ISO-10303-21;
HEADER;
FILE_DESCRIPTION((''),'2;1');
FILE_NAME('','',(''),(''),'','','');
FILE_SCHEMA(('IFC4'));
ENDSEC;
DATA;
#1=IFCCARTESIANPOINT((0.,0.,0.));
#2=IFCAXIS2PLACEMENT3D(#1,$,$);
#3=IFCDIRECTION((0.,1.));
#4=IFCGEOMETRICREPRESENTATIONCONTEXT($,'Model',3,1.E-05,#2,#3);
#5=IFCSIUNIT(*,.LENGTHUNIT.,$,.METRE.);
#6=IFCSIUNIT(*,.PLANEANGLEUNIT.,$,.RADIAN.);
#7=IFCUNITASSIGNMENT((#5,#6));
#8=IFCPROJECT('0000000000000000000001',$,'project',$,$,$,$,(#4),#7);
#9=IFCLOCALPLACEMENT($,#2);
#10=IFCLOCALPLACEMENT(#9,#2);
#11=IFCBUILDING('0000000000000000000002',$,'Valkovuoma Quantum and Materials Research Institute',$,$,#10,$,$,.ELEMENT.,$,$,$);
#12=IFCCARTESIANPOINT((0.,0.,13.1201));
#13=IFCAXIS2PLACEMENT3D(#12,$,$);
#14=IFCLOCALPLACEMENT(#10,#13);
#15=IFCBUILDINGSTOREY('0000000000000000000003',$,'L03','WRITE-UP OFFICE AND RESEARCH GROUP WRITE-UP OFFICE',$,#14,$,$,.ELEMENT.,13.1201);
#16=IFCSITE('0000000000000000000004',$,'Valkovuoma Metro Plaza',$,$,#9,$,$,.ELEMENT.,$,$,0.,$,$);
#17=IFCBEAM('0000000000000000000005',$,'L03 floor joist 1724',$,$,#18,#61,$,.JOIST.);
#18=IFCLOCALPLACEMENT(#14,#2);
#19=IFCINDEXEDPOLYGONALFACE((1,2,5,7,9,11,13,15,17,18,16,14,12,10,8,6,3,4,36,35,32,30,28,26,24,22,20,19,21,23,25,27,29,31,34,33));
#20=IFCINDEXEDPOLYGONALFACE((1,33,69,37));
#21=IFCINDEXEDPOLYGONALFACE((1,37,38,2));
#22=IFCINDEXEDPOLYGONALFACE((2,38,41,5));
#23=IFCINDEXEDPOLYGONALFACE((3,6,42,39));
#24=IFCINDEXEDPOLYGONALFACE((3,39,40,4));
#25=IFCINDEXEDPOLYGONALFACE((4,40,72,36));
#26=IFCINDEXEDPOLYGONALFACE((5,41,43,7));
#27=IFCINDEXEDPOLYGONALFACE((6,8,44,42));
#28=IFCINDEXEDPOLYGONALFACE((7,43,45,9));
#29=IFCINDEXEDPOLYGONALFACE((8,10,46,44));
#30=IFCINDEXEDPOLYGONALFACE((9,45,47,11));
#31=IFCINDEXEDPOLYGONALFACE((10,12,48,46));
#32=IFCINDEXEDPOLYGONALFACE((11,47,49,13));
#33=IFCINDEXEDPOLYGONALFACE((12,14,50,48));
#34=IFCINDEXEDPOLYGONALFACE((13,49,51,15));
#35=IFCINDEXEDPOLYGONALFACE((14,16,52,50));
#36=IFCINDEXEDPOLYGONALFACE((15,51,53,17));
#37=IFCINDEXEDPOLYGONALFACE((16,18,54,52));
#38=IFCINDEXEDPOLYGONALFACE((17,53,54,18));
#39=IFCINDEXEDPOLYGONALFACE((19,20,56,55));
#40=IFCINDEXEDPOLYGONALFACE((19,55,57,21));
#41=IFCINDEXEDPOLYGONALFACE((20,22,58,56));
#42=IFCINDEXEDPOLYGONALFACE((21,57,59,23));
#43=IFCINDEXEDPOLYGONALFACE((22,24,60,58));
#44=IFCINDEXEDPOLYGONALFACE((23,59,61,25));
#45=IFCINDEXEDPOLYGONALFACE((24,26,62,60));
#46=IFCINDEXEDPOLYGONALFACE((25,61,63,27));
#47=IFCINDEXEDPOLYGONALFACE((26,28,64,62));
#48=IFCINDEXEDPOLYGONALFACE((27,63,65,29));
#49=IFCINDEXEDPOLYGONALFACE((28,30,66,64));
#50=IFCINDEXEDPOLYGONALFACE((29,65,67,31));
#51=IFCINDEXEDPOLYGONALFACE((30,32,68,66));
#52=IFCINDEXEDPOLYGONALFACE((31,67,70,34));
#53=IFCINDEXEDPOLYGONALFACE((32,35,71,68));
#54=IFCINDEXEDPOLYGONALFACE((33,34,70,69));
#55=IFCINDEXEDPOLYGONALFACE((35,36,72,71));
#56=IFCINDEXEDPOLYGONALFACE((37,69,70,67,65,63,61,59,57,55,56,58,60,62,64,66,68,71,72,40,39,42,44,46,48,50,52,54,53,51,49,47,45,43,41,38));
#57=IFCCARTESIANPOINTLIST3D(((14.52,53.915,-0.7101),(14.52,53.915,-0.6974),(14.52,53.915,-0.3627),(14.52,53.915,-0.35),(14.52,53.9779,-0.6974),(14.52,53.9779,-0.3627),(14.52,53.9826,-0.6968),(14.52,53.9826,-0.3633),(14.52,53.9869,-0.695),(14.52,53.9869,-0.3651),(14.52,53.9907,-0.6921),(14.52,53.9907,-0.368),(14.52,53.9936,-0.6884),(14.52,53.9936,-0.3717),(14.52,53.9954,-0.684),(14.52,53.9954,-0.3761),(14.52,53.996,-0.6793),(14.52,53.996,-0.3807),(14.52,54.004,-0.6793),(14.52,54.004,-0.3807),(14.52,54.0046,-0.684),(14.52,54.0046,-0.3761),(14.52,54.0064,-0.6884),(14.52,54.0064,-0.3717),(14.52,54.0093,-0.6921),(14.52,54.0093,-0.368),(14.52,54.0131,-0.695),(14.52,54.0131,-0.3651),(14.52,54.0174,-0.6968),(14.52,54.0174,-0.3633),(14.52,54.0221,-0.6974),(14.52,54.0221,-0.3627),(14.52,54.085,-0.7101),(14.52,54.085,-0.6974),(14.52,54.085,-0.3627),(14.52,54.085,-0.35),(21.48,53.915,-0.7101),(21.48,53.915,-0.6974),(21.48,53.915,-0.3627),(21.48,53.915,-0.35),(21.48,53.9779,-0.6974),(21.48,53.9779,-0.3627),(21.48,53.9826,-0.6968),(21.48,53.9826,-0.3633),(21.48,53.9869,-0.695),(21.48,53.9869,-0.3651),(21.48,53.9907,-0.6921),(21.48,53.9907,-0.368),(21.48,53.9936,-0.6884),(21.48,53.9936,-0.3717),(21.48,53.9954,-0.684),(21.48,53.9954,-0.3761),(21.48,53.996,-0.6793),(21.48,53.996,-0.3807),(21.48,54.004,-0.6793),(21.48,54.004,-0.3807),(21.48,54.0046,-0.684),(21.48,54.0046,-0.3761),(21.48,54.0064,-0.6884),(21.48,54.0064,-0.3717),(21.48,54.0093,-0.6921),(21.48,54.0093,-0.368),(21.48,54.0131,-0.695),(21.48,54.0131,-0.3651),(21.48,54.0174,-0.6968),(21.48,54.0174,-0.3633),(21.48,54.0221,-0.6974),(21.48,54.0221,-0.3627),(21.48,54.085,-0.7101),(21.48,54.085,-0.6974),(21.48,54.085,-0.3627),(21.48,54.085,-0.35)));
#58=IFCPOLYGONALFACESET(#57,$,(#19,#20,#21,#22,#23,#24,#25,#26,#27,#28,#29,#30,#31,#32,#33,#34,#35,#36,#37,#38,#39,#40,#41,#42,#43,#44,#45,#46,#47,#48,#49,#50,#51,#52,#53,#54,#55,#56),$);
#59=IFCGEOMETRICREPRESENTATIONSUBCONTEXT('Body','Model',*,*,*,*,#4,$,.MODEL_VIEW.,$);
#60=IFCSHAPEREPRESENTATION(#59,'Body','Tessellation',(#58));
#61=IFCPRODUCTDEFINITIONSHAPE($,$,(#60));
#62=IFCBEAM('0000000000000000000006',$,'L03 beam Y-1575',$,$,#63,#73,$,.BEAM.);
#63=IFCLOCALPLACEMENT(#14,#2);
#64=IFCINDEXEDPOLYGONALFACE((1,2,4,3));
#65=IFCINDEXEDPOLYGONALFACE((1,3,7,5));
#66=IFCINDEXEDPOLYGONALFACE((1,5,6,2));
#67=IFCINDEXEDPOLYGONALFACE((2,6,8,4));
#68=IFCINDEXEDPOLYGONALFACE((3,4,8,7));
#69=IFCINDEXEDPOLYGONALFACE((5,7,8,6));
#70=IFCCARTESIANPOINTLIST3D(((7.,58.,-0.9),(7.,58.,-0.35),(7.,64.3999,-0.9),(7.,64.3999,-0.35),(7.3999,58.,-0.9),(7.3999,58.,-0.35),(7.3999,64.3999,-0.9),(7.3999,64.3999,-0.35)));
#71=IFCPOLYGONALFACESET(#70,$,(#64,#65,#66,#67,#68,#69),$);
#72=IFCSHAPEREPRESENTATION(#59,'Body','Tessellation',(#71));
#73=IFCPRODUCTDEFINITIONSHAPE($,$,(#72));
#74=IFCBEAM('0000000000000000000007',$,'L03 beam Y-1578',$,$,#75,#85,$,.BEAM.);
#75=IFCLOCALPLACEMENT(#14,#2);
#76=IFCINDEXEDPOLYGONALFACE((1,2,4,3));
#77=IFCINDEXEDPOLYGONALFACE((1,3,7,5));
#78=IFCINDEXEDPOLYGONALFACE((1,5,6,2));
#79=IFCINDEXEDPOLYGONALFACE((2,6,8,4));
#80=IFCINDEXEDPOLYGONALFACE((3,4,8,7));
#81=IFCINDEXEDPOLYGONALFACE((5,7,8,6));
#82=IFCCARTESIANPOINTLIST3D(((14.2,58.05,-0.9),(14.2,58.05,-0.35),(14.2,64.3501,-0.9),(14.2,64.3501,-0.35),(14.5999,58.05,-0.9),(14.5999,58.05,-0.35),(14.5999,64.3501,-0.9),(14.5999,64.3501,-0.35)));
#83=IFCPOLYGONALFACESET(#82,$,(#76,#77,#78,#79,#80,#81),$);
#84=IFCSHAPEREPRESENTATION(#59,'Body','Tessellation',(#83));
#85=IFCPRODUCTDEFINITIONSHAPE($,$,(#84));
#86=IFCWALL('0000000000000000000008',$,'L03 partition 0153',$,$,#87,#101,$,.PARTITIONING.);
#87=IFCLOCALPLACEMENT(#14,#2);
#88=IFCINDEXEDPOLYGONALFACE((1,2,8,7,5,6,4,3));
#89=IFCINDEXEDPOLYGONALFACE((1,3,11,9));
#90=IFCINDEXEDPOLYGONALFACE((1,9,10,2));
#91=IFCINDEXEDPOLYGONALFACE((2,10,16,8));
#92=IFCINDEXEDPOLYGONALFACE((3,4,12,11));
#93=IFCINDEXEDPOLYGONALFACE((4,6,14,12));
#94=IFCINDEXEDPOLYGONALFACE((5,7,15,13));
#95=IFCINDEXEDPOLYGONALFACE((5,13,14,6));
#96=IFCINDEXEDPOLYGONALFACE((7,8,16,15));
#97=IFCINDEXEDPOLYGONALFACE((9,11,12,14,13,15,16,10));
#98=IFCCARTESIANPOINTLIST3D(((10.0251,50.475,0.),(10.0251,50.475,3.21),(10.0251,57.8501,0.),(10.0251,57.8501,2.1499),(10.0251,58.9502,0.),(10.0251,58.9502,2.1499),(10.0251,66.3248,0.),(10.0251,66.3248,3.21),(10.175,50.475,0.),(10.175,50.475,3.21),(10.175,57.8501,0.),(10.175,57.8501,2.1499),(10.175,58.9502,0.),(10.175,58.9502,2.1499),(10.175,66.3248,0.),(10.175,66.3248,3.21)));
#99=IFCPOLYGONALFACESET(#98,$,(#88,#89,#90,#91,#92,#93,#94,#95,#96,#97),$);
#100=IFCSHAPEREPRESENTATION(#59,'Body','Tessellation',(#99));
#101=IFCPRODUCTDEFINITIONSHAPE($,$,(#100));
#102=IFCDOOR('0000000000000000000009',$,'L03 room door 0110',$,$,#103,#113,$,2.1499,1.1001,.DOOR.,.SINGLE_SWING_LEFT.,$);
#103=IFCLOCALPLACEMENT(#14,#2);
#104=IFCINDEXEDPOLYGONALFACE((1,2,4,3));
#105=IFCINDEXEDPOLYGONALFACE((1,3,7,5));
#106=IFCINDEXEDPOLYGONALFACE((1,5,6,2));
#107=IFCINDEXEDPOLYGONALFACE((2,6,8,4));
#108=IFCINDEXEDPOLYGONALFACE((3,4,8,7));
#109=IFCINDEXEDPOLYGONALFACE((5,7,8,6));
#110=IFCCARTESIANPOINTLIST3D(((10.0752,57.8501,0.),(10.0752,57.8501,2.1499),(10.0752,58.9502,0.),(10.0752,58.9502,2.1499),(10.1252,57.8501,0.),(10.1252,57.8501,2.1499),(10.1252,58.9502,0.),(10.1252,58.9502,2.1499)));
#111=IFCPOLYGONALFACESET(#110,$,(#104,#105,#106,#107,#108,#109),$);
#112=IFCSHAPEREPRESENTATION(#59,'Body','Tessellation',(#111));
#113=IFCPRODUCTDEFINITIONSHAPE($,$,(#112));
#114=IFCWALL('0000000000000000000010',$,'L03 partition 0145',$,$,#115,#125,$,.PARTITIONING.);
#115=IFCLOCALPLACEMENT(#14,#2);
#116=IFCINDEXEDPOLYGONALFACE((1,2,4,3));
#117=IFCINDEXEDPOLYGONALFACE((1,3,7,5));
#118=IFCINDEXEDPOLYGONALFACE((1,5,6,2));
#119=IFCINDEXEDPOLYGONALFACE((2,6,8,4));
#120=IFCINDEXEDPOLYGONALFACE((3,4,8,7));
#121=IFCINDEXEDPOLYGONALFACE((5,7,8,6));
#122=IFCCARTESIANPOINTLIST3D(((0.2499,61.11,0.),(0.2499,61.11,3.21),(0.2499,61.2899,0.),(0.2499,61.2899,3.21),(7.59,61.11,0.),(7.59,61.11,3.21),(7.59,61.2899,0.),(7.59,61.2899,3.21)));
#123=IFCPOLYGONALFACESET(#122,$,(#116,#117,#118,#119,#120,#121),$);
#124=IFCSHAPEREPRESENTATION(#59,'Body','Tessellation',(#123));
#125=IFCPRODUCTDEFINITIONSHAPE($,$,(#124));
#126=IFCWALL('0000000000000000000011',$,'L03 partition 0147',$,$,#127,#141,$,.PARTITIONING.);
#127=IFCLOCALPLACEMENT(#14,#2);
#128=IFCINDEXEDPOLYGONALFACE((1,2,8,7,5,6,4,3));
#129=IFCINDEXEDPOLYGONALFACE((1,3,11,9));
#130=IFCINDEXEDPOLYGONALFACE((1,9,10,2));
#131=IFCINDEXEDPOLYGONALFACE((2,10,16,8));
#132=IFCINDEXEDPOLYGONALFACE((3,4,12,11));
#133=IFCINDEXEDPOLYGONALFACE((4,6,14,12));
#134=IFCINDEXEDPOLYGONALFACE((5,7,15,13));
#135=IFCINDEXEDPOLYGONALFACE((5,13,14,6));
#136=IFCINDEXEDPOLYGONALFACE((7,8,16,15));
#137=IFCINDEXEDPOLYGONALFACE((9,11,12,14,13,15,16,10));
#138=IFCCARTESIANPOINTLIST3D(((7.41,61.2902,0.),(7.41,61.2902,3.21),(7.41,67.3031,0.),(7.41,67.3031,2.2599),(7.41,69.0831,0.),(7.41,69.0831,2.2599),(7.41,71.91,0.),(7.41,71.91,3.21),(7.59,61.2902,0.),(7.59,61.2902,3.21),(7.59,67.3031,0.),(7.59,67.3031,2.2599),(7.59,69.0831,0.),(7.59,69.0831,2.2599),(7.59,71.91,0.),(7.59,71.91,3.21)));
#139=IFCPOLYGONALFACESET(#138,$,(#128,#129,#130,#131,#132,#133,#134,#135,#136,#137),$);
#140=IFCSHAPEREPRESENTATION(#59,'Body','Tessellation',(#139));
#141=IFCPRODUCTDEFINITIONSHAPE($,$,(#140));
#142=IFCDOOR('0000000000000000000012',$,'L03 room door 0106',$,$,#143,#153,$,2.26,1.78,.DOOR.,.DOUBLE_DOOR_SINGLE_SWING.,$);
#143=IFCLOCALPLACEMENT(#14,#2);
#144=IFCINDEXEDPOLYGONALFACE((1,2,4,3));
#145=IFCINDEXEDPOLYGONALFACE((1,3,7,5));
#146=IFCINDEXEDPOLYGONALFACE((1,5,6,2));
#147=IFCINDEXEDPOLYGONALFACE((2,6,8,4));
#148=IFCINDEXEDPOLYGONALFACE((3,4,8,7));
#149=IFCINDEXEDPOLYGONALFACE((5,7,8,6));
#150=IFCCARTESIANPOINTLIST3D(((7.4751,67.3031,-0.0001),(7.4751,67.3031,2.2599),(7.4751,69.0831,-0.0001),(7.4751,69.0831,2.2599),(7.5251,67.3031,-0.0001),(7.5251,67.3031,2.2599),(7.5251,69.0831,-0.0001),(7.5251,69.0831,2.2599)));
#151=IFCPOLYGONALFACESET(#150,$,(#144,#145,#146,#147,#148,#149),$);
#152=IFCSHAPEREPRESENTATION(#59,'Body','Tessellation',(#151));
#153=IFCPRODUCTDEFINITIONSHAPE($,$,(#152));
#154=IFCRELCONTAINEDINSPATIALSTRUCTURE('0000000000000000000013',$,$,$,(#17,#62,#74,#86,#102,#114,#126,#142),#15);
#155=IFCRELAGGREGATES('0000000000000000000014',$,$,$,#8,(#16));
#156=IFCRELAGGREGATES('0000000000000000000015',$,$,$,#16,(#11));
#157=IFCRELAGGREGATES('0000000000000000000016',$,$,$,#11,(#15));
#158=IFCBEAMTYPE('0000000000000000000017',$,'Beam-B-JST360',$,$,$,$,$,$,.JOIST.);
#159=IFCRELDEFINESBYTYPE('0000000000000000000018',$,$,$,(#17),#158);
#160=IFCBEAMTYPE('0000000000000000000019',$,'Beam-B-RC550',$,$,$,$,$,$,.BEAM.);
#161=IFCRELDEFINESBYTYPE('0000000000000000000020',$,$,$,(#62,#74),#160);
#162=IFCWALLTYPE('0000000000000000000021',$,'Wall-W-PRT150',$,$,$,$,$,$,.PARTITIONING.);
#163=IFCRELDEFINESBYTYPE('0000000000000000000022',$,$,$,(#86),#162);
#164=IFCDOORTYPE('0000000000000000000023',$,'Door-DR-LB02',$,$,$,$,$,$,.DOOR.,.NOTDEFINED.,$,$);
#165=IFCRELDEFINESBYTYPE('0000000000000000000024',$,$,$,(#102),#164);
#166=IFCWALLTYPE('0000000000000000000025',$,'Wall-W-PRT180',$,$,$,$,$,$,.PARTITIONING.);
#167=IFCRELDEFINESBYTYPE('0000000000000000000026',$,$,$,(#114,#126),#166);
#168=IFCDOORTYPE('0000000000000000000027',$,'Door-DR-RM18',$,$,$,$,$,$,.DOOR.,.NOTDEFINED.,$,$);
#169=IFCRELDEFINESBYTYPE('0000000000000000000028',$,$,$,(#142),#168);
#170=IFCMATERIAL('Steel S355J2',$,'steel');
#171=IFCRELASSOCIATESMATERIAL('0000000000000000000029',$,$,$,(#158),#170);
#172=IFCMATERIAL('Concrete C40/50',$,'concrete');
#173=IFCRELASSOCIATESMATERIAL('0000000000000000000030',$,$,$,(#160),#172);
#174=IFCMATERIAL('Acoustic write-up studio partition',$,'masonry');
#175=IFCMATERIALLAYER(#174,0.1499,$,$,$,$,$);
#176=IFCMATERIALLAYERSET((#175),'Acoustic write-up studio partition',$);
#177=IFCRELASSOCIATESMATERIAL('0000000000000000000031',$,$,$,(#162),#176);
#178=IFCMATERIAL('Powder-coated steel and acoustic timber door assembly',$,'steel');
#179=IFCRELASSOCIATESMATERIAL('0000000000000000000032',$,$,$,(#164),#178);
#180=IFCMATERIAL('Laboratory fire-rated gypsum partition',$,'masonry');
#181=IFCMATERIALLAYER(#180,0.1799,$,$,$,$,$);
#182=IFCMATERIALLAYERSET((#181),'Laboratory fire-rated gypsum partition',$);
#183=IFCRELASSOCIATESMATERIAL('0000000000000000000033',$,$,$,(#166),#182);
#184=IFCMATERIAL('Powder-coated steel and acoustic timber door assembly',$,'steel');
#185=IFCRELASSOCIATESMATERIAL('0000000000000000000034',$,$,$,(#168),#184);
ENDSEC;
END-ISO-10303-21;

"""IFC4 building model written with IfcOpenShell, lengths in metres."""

from ifc_helpers import new_model, si_unit, direction, frame, frame_2d, origin, origin_2d, place, context, subcontext, project, spatial, rectangle, i_section, extrude, material, layer, layer_set, material_profile, profile_set, type_object, element, fill, save


model = new_model("IFC4")

# Units and contexts
model_context = context("Model", 3, precision=1e-05, world=origin(), true_north=direction((0.0, 1.0)))
body_context = subcontext(model_context, "Body", "Model", "MODEL_VIEW")
ifc_project = project(units=[si_unit("LENGTHUNIT", "METRE"), si_unit("PLANEANGLEUNIT", "RADIAN")], contexts=[model_context])

# Site, building, storey
site_placement = place(None, origin())
site = spatial("IfcSite", under=ifc_project, at=site_placement, Name="Valkovuoma Metro Plaza", CompositionType="ELEMENT", RefElevation=0.0)
building_placement = place(site_placement, origin())
building = spatial("IfcBuilding", under=site, at=building_placement, Name="Valkovuoma Quantum and Materials Research Institute", CompositionType="ELEMENT")
storey_placement = place(building_placement, frame((0.0, 0.0, 13.1201)))
storey = spatial("IfcBuildingStorey", under=building, at=storey_placement, Name="L03", Description="WRITE-UP OFFICE AND RESEARCH GROUP WRITE-UP OFFICE", CompositionType="ELEMENT", Elevation=13.1201)

# Beams
ifc_material_1 = material(Name="Steel S355J2", Category="steel")
ifc_material_profile_1 = material_profile(ifc_material_1, i_section(OverallWidth=0.1699, OverallDepth=0.3601, WebThickness=0.0081, FlangeThickness=0.0127, FilletRadius=0.0181, at=origin_2d()), Name="Steel S355J2")
ifc_profile_set_1 = profile_set([ifc_material_profile_1], Name="Steel S355J2")
beam_type_1 = type_object("IfcBeamType", Name="Beam-B-JST360", PredefinedType="JOIST", material=ifc_profile_set_1)
beam_1_placement = place(storey_placement, frame((14.52, 54.0, -0.53), z_axis=(1.0, 0.0, 0.0), x_axis=(0.0, 1.0, 0.0)))
element("IfcBeam", 1, at=beam_1_placement, inside=storey, type_object=beam_type_1, Name="L03 floor joist 1724", PredefinedType="JOIST", context=body_context, shape_type="SweptSolid", body=[
    extrude(i_section(OverallWidth=0.1699, OverallDepth=0.3601, WebThickness=0.0081, FlangeThickness=0.0127, FilletRadius=0.0181, at=origin_2d()), origin(), (0.0, 0.0, 1.0), 6.96),
])
ifc_material_2 = material(Name="Concrete C40/50", Category="concrete")
ifc_material_profile_2 = material_profile(ifc_material_2, rectangle(XDim=0.3999, YDim=0.55, at=origin_2d()), Name="Concrete C40/50")
ifc_profile_set_2 = profile_set([ifc_material_profile_2], Name="Concrete C40/50")
beam_type_2 = type_object("IfcBeamType", Name="Beam-B-RC550", PredefinedType="BEAM", material=ifc_profile_set_2)
beam_2_placement = place(storey_placement, frame((7.2, 58.0, -0.625), z_axis=(0.0, 1.0, 0.0), x_axis=(-1.0, 0.0, 0.0)))
element("IfcBeam", 2, at=beam_2_placement, inside=storey, type_object=beam_type_2, Name="L03 beam Y-1575", PredefinedType="BEAM", context=body_context, shape_type="SweptSolid", body=[
    extrude(rectangle(XDim=0.3999, YDim=0.55, at=origin_2d()), origin(), (0.0, 0.0, 1.0), 6.3999),
])
beam_3_placement = place(storey_placement, frame((14.3999, 58.05, -0.625), z_axis=(0.0, 1.0, 0.0), x_axis=(-1.0, 0.0, 0.0)))
element("IfcBeam", 3, at=beam_3_placement, inside=storey, type_object=beam_type_2, Name="L03 beam Y-1578", PredefinedType="BEAM", context=body_context, shape_type="SweptSolid", body=[
    extrude(rectangle(XDim=0.3999, YDim=0.55, at=origin_2d()), origin(), (0.0, 0.0, 1.0), 6.3),
])

# Wall, opening, door
ifc_material_3 = material(Name="Acoustic write-up studio partition", Category="masonry")
ifc_layer_1 = layer(ifc_material_3, 0.1499)
ifc_layer_set_1 = layer_set([ifc_layer_1], Name="Acoustic write-up studio partition")
wall_type_1 = type_object("IfcWallType", Name="Wall-W-PRT150", PredefinedType="PARTITIONING", material=ifc_layer_set_1)
wall_1_placement = place(storey_placement, frame((10.1001, 50.4751, 0.0), z_axis=(0.0, 0.0, 1.0), x_axis=(0.0, 1.0, 0.0)))
wall_1 = element("IfcWall", 4, at=wall_1_placement, inside=storey, type_object=wall_type_1, Name="L03 partition 0153", PredefinedType="PARTITIONING", context=body_context, shape_type="SweptSolid", body=[
    extrude(rectangle(XDim=15.8499, YDim=0.1499, at=frame_2d((7.9248, 0.0))), origin(), (0.0, 0.0, 1.0), 3.21),
])
opening_1_placement = place(wall_1_placement, frame((7.375, 0.0, 0.0)))
opening_1 = element("IfcOpeningElement", 5, at=opening_1_placement, cuts=wall_1, PredefinedType="OPENING", context=body_context, shape_type="SweptSolid", body=[
    extrude(rectangle(XDim=1.1001, YDim=2.1499, at=frame_2d((0.55, 1.075))), frame((0.0, 0.085, 0.0), z_axis=(0.0, -1.0, 0.0), x_axis=(1.0, 0.0, 0.0)), (0.0, 0.0, 1.0), 0.1699),
])
ifc_material_4 = material(Name="Powder-coated steel and acoustic timber door assembly", Category="steel")
door_type_1 = type_object("IfcDoorType", Name="Door-DR-LB02", OperationType="NOTDEFINED", PredefinedType="DOOR", material=ifc_material_4)
door_1_placement = place(opening_1_placement, origin())
door_1 = element("IfcDoor", 6, at=door_1_placement, inside=storey, type_object=door_type_1, Name="L03 room door 0110", OperationType="SINGLE_SWING_LEFT", OverallHeight=2.1499, OverallWidth=1.1001, PredefinedType="DOOR", context=body_context, shape_type="SweptSolid", body=[
    extrude(rectangle(XDim=1.1001, YDim=2.1499, at=frame_2d((0.55, 1.075))), frame((0.0, 0.0249, 0.0), z_axis=(0.0, -1.0, 0.0), x_axis=(1.0, 0.0, 0.0)), (0.0, 0.0, 1.0), 0.05),
])
fill(opening_1, door_1)

# Wall
ifc_material_5 = material(Name="Laboratory fire-rated gypsum partition", Category="masonry")
ifc_layer_2 = layer(ifc_material_5, 0.1799)
ifc_layer_set_2 = layer_set([ifc_layer_2], Name="Laboratory fire-rated gypsum partition")
wall_type_2 = type_object("IfcWallType", Name="Wall-W-PRT180", PredefinedType="PARTITIONING", material=ifc_layer_set_2)
wall_2_placement = place(storey_placement, frame((0.25, 61.2, 0.0), z_axis=(0.0, 0.0, 1.0), x_axis=(1.0, 0.0, 0.0)))
element("IfcWall", 7, at=wall_2_placement, inside=storey, type_object=wall_type_2, Name="L03 partition 0145", PredefinedType="PARTITIONING", context=body_context, shape_type="SweptSolid", body=[
    extrude(rectangle(XDim=7.3401, YDim=0.1799, at=frame_2d((3.6699, 0.0))), origin(), (0.0, 0.0, 1.0), 3.21),
])

# Wall, opening, door
wall_3_placement = place(storey_placement, frame((7.5, 61.29, 0.0), z_axis=(0.0, 0.0, 1.0), x_axis=(0.0, 1.0, 0.0)))
wall_3 = element("IfcWall", 8, at=wall_3_placement, inside=storey, type_object=wall_type_2, Name="L03 partition 0147", PredefinedType="PARTITIONING", context=body_context, shape_type="SweptSolid", body=[
    extrude(rectangle(XDim=10.6199, YDim=0.1799, at=frame_2d((5.3101, 0.0))), origin(), (0.0, 0.0, 1.0), 3.21),
])
opening_2_placement = place(wall_3_placement, frame((6.0129, 0.0, 0.0)))
opening_2 = element("IfcOpeningElement", 9, at=opening_2_placement, cuts=wall_3, PredefinedType="OPENING", context=body_context, shape_type="SweptSolid", body=[
    extrude(rectangle(XDim=1.78, YDim=2.26, at=frame_2d((0.8901, 1.1299))), frame((0.0, 0.1001, 0.0), z_axis=(0.0, -1.0, 0.0), x_axis=(1.0, 0.0, 0.0)), (0.0, 0.0, 1.0), 0.2),
])
ifc_material_6 = material(Name="Powder-coated steel and acoustic timber door assembly", Category="steel")
door_type_2 = type_object("IfcDoorType", Name="Door-DR-RM18", OperationType="NOTDEFINED", PredefinedType="DOOR", material=ifc_material_6)
door_2_placement = place(opening_2_placement, origin())
door_2 = element("IfcDoor", 10, at=door_2_placement, inside=storey, type_object=door_type_2, Name="L03 room door 0106", OperationType="DOUBLE_DOOR_SINGLE_SWING", OverallHeight=2.26, OverallWidth=1.78, PredefinedType="DOOR", context=body_context, shape_type="SweptSolid", body=[
    extrude(rectangle(XDim=1.78, YDim=2.26, at=frame_2d((0.8901, 1.1299))), frame((0.0, 0.0249, 0.0), z_axis=(0.0, -1.0, 0.0), x_axis=(1.0, 0.0, 0.0)), (0.0, 0.0, 1.0), 0.05),
])
fill(opening_2, door_2)

save(model, "model.ifc")
